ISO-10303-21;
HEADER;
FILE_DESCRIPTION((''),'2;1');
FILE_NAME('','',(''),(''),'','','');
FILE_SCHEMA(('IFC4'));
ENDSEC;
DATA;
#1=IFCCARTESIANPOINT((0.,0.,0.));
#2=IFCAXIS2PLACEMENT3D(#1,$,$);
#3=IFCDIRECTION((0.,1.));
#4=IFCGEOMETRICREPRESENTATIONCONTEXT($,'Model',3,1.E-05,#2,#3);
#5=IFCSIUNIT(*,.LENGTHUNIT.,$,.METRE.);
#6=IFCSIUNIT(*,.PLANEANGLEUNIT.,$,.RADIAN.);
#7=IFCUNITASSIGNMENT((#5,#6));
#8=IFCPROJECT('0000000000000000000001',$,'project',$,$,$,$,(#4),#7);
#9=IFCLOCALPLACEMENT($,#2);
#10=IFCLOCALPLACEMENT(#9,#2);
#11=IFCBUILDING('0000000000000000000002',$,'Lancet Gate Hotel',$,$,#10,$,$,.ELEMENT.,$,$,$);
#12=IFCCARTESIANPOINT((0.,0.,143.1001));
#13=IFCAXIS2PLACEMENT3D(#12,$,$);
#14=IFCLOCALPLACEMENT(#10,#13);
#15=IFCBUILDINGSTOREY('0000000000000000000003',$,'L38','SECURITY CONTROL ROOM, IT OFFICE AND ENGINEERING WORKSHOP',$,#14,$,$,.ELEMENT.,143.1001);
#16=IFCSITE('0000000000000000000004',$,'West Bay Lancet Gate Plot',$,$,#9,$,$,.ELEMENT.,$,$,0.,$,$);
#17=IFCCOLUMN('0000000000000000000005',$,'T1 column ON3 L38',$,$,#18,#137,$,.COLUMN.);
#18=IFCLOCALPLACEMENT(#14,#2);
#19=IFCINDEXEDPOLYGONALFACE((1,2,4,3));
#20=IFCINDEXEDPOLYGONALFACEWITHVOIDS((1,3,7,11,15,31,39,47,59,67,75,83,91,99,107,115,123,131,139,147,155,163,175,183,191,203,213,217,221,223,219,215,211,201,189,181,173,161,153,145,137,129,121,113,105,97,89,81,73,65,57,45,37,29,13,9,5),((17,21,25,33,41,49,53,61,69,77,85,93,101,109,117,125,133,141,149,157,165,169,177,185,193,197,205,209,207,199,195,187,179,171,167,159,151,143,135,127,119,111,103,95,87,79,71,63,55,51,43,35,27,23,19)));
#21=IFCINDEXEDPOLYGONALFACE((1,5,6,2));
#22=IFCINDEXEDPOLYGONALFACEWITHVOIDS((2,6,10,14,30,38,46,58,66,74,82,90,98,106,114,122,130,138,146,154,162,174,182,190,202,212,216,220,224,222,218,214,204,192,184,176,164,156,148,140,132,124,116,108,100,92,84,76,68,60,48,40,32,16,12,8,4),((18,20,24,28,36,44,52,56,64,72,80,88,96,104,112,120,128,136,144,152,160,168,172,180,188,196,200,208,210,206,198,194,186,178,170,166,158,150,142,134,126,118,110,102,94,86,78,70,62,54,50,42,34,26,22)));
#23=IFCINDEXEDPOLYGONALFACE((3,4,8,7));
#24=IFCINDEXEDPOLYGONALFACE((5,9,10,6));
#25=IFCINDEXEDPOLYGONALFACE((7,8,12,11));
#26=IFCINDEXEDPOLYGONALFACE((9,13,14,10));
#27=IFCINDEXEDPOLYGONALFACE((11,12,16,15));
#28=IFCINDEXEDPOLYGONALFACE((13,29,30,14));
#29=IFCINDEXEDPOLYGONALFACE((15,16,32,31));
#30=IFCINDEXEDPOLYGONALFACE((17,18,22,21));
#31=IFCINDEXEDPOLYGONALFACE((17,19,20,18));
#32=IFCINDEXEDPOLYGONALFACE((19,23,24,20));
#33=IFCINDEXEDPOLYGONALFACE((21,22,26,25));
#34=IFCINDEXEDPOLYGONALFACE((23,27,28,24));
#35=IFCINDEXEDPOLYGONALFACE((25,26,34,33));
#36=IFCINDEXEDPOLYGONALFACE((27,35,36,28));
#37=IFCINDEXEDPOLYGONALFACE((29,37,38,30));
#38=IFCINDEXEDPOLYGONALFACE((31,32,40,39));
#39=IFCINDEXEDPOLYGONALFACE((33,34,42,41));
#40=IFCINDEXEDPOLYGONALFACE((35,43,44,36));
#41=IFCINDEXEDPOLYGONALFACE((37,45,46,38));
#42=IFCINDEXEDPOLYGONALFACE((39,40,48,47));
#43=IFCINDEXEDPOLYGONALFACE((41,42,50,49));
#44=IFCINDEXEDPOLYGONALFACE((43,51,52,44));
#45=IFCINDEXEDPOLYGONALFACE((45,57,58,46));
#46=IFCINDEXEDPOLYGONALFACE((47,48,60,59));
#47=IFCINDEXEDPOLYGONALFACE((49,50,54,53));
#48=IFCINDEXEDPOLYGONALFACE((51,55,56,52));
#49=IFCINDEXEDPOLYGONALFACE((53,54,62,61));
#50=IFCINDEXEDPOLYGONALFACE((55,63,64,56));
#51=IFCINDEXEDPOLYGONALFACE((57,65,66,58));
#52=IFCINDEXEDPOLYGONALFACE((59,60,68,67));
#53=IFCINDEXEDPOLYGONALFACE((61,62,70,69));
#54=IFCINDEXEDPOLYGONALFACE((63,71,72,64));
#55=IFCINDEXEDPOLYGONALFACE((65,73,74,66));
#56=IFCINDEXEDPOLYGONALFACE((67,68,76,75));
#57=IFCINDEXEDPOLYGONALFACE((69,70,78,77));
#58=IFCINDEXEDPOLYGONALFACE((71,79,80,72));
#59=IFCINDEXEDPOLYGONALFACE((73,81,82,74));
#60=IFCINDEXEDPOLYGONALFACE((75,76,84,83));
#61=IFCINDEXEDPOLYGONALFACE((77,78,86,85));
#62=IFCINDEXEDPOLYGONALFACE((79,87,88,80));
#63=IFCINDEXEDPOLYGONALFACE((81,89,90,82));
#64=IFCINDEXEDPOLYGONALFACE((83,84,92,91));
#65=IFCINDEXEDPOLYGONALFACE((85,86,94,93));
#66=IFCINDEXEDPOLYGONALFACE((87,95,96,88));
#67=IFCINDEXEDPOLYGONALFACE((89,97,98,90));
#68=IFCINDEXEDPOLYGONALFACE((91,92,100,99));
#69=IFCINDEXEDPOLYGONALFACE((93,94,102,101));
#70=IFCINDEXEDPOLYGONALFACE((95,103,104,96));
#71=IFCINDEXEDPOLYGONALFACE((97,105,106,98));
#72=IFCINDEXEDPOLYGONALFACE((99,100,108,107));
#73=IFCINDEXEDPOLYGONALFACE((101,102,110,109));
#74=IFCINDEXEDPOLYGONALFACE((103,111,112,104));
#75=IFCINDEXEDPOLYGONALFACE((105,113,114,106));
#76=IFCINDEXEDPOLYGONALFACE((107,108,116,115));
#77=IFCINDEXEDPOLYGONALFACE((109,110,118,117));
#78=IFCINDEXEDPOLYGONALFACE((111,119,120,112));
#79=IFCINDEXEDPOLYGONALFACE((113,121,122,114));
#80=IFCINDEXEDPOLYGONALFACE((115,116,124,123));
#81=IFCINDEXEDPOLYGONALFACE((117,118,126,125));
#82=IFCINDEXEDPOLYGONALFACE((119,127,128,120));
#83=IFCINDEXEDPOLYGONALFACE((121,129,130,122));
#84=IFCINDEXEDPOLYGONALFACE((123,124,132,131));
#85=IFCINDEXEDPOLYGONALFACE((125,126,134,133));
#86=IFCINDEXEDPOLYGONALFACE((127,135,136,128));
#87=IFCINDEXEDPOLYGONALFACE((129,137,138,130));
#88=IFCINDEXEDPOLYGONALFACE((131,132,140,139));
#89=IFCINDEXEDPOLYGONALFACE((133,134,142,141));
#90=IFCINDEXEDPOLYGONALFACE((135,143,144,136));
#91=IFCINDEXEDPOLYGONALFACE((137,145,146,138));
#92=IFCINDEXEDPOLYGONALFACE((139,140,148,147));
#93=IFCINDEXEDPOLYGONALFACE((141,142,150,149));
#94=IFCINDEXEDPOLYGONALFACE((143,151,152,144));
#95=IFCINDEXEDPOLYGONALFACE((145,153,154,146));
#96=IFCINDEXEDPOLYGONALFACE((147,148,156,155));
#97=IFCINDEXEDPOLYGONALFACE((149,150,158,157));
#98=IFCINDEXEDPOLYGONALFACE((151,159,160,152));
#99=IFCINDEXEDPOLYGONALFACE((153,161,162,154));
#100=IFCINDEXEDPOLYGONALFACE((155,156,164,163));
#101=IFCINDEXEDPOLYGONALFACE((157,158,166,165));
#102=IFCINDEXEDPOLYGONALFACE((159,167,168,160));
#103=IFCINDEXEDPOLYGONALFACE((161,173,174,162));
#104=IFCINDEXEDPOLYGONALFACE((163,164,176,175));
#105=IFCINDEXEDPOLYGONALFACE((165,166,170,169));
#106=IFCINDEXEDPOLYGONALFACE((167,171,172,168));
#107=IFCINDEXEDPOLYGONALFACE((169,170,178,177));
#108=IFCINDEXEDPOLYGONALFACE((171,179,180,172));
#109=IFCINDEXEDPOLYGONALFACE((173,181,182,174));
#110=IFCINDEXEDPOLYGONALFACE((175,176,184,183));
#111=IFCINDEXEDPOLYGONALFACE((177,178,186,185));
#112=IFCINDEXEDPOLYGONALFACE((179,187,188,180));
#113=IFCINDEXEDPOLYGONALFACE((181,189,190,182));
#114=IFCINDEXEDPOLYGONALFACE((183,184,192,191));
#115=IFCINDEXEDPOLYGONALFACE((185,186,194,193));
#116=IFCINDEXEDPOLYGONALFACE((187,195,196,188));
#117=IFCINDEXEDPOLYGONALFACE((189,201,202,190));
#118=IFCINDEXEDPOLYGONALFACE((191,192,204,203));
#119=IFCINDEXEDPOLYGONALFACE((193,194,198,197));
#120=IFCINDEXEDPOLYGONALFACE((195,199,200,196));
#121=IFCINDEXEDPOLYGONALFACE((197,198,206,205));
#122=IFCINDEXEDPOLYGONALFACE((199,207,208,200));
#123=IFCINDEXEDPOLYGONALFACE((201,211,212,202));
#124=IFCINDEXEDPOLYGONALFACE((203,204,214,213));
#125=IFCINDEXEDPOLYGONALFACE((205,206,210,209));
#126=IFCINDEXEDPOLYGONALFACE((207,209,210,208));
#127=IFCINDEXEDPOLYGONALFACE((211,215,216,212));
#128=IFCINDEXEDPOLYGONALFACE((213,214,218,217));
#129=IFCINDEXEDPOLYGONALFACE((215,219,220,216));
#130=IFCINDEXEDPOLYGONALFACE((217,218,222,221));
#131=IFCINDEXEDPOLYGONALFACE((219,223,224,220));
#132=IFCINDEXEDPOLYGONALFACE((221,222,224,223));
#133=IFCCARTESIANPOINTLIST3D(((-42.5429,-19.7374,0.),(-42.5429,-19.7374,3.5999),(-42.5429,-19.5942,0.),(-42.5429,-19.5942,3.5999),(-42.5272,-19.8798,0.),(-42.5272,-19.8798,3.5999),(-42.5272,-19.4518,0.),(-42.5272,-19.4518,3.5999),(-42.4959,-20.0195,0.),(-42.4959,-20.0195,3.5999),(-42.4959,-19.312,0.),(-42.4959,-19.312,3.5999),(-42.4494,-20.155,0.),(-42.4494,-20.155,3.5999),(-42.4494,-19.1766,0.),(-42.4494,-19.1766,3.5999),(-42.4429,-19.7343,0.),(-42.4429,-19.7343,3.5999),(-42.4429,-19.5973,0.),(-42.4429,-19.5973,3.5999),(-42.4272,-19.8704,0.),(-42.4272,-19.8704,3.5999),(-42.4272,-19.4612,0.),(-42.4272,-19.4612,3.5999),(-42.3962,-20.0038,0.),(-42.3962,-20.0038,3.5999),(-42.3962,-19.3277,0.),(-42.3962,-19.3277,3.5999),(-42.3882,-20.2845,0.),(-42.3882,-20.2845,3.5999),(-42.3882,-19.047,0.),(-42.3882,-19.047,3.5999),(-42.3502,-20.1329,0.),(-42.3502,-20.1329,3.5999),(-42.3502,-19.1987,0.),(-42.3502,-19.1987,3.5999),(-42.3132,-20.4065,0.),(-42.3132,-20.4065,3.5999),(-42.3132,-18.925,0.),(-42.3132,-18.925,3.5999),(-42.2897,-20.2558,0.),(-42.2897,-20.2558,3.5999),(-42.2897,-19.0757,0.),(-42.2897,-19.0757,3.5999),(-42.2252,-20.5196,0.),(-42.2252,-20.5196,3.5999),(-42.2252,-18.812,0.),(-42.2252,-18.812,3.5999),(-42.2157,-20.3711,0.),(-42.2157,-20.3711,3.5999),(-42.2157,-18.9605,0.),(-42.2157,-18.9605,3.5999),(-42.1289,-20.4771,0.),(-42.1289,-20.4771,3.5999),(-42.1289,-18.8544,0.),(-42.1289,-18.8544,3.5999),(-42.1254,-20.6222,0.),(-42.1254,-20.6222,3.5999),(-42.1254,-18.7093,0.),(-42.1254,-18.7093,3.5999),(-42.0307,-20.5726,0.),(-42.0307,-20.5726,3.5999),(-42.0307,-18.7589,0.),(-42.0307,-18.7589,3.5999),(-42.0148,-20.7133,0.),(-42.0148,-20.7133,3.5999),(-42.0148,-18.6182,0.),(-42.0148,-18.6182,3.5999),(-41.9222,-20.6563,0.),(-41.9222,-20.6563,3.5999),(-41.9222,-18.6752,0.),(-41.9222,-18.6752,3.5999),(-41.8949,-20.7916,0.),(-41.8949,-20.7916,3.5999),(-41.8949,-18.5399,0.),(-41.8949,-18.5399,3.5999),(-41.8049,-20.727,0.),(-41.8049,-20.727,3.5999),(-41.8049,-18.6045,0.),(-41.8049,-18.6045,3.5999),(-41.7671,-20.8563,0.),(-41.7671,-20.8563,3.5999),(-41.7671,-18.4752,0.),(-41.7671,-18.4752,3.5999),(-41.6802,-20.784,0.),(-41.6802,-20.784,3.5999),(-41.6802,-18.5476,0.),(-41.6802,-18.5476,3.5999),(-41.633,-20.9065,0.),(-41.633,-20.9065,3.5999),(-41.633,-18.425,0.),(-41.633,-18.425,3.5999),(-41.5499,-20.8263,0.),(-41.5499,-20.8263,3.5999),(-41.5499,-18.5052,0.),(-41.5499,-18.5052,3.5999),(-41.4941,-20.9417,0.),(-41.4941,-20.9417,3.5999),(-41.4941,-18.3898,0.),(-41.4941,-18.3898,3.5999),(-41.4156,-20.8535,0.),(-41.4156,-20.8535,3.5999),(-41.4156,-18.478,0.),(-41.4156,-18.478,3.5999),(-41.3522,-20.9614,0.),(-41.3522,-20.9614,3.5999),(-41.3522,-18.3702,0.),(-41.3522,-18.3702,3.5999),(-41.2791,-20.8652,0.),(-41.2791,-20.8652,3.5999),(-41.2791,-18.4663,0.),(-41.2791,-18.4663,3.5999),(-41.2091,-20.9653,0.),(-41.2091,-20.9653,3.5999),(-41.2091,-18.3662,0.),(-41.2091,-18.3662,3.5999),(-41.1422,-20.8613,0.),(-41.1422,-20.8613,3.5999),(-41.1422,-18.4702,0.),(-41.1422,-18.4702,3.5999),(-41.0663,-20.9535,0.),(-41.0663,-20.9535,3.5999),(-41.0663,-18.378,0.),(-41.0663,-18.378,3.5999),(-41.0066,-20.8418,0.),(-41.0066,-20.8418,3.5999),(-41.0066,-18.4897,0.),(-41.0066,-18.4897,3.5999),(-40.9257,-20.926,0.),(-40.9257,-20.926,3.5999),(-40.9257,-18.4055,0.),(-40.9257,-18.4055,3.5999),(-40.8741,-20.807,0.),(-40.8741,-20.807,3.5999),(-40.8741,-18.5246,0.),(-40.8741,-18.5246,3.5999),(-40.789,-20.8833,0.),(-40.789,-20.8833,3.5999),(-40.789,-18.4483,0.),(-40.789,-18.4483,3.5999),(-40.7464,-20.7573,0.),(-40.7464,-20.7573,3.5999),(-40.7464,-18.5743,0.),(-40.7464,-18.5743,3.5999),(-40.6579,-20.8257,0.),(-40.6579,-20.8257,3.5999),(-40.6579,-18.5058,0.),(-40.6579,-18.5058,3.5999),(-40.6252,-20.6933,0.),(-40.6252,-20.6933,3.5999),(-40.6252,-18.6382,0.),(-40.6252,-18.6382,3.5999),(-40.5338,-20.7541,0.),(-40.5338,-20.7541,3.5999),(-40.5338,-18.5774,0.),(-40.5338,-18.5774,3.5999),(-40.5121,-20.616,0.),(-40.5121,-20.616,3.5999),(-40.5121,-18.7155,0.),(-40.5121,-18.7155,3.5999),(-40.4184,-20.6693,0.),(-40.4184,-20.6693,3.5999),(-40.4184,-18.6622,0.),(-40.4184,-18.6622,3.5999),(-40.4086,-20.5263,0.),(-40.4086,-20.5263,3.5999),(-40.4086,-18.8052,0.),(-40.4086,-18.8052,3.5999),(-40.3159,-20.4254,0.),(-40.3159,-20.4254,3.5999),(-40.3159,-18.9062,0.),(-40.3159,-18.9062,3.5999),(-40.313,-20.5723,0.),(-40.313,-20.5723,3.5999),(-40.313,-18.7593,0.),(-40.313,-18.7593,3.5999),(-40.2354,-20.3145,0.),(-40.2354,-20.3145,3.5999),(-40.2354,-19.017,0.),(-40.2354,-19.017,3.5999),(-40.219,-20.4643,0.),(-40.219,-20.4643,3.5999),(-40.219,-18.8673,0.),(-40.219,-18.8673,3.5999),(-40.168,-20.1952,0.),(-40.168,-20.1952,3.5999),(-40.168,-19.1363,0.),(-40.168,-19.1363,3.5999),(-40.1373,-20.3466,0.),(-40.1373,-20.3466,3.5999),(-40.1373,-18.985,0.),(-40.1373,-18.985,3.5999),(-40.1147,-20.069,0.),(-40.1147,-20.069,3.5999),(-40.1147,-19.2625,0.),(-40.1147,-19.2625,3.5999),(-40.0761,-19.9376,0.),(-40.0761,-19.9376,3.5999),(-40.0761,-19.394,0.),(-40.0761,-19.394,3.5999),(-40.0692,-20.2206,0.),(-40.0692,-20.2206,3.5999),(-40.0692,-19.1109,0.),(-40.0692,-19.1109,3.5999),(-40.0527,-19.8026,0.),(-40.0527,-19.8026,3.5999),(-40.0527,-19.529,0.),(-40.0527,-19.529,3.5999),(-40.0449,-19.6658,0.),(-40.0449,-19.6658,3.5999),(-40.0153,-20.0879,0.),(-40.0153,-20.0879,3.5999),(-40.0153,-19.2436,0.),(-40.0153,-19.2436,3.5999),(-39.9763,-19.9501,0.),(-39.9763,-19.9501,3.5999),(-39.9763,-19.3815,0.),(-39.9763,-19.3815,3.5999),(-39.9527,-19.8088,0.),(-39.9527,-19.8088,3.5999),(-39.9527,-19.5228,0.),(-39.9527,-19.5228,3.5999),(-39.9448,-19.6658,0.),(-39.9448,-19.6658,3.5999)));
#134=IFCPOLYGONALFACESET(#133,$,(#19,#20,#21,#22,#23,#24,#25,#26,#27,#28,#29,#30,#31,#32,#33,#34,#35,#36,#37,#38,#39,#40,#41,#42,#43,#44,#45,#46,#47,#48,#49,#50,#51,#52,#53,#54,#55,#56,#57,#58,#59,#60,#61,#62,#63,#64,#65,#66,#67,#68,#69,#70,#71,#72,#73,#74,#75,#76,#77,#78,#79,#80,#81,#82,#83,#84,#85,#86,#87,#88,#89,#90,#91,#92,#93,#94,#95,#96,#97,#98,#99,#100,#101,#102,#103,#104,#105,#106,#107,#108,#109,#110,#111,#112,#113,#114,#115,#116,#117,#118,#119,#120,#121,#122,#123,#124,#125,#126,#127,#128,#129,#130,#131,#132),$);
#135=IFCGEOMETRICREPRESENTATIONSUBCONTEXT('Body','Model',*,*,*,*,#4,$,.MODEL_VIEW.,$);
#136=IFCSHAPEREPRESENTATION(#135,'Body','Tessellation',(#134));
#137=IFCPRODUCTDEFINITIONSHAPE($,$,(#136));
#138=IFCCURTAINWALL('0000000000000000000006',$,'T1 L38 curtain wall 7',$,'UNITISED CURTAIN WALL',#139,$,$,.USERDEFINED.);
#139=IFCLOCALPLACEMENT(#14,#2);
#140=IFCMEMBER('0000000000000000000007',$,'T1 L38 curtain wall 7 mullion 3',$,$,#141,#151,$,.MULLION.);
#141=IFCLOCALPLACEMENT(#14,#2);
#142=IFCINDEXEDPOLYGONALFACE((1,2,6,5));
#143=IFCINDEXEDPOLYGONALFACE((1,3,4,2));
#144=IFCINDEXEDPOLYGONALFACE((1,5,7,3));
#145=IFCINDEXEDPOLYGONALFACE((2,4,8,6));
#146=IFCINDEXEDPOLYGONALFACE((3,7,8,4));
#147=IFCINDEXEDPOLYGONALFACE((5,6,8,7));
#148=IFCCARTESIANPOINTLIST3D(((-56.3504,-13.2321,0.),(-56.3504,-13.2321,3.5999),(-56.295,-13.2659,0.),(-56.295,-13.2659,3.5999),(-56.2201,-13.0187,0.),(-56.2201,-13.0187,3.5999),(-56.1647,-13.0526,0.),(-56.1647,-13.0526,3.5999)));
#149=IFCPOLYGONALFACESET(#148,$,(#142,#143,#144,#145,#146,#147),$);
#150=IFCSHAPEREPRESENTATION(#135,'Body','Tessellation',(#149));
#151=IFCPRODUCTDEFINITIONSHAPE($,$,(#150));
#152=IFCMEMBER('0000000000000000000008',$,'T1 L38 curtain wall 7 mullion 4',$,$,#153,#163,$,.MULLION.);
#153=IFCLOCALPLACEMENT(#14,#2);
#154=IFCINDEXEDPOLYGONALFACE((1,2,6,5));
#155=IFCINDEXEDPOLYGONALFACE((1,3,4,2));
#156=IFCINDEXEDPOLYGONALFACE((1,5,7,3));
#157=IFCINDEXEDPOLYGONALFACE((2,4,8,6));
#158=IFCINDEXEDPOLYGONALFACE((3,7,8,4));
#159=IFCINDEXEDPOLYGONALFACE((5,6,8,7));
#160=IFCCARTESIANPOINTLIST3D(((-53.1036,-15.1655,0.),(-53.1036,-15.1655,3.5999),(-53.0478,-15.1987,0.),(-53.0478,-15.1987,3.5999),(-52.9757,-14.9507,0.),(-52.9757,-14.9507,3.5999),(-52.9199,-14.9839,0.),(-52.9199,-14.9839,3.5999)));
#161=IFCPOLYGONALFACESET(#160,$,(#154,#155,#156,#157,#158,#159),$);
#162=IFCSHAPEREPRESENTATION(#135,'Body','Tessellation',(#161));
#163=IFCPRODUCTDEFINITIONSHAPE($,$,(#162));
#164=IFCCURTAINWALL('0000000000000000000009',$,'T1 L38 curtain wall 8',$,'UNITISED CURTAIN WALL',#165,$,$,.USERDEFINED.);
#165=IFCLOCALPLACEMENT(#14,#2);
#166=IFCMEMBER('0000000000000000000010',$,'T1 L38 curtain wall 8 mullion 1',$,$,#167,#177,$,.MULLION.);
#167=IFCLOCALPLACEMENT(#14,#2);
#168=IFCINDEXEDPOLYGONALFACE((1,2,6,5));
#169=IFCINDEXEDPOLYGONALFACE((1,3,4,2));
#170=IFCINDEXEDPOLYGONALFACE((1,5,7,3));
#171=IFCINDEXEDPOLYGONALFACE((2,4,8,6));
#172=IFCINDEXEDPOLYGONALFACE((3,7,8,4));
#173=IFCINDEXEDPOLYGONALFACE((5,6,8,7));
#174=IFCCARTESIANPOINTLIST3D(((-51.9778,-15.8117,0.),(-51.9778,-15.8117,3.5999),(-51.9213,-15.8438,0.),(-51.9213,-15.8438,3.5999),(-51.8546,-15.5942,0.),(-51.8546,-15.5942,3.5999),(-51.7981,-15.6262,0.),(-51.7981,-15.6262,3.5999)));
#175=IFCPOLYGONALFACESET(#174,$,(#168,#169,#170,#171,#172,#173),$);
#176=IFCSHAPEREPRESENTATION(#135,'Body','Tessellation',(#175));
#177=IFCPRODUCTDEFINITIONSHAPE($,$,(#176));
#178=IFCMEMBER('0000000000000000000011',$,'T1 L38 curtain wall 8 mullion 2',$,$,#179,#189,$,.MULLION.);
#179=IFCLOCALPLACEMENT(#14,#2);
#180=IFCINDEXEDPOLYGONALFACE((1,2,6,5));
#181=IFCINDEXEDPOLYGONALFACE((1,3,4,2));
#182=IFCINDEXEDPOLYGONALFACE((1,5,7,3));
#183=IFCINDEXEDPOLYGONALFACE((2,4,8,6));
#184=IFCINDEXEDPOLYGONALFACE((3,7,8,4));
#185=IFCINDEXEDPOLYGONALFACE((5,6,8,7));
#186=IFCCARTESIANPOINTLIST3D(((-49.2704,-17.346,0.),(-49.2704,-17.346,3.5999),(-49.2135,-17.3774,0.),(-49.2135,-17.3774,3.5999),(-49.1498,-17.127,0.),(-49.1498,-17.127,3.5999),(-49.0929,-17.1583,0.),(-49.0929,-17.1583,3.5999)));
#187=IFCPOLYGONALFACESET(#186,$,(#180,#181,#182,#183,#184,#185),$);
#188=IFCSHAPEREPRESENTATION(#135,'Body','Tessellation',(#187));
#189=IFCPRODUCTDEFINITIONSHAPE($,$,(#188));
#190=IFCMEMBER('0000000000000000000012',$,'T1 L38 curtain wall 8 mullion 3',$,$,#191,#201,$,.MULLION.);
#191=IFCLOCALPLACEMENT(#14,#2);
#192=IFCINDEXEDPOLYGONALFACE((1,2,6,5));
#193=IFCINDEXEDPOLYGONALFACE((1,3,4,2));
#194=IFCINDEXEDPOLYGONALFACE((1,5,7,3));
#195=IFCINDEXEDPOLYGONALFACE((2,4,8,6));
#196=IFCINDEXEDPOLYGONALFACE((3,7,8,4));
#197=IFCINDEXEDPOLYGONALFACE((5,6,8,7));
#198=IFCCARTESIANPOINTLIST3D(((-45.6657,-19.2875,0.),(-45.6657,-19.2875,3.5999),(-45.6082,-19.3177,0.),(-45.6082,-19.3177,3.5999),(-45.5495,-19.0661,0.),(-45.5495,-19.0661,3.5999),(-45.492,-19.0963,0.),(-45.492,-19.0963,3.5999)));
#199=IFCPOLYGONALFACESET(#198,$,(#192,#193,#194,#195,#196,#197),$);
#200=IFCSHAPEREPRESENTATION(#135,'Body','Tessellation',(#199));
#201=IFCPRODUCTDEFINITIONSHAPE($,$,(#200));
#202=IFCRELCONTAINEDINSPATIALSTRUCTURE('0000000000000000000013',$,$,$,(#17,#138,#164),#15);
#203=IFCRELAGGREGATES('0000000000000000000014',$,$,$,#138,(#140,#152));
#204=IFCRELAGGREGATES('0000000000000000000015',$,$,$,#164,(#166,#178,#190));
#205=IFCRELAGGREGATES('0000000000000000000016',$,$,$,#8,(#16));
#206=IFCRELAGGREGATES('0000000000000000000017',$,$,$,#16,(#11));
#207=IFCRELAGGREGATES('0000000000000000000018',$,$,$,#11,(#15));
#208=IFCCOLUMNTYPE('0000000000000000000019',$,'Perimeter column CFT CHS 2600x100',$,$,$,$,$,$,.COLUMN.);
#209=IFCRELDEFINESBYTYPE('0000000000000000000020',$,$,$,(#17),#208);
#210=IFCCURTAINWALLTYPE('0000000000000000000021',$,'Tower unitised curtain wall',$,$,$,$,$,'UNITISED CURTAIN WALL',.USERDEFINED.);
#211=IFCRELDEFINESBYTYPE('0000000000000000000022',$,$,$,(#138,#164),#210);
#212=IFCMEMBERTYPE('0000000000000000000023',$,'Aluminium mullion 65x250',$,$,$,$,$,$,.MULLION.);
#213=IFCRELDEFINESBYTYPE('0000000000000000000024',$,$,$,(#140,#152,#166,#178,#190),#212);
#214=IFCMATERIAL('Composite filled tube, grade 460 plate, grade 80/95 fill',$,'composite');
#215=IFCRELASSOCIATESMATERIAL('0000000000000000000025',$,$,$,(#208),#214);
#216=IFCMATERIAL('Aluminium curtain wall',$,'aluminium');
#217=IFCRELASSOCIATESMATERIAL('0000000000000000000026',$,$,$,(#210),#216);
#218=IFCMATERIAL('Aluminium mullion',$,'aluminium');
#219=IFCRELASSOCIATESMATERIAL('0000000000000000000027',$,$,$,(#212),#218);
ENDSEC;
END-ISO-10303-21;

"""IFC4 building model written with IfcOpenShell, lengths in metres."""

from ifc_helpers import new_model, si_unit, direction, frame, origin, origin_2d, place, context, subcontext, project, spatial, rectangle, hollow_circle, extrude, material, material_profile, profile_set, type_object, element, aggregate, save


model = new_model("IFC4")

# Units and contexts
model_context = context("Model", 3, precision=1e-05, world=origin(), true_north=direction((0.0, 1.0)))
body_context = subcontext(model_context, "Body", "Model", "MODEL_VIEW")
ifc_project = project(units=[si_unit("LENGTHUNIT", "METRE"), si_unit("PLANEANGLEUNIT", "RADIAN")], contexts=[model_context])

# Site, building, storey
site_placement = place(None, origin())
site = spatial("IfcSite", under=ifc_project, at=site_placement, Name="West Bay Lancet Gate Plot", CompositionType="ELEMENT", RefElevation=0.0)
building_placement = place(site_placement, origin())
building = spatial("IfcBuilding", under=site, at=building_placement, Name="Lancet Gate Hotel", CompositionType="ELEMENT")
storey_placement = place(building_placement, frame((0.0, 0.0, 143.1001)))
storey = spatial("IfcBuildingStorey", under=building, at=storey_placement, Name="L38", Description="SECURITY CONTROL ROOM, IT OFFICE AND ENGINEERING WORKSHOP", CompositionType="ELEMENT", Elevation=143.1001)

# Column
ifc_material_1 = material(Name="Composite filled tube, grade 460 plate, grade 80/95 fill", Category="composite")
ifc_material_profile_1 = material_profile(ifc_material_1, hollow_circle(Radius=1.3, WallThickness=0.1001, at=origin_2d()), Name="CHS 2600x100")
ifc_profile_set_1 = profile_set([ifc_material_profile_1], Name="Composite filled tube, grade 460 plate, grade 80/95 fill")
column_type = type_object("IfcColumnType", Name="Perimeter column CFT CHS 2600x100", PredefinedType="COLUMN", material=ifc_profile_set_1)
for number, where, z_axis, x_axis, name in (
    (1, (-41.2449, -19.6658, 0.0), (0.0, 0.0, 1.0), (1.0, 0.0, 0.0), "T1 column ON3 L38"),
):
    element("IfcColumn", number, at=place(storey_placement, frame(where, z_axis=z_axis, x_axis=x_axis)), inside=storey, type_object=column_type, Name=name, PredefinedType="COLUMN", context=body_context, shape_type="SweptSolid", body=[
        extrude(hollow_circle(Radius=1.3, WallThickness=0.1001, at=origin_2d()), origin(), (0.0, 0.0, 1.0), 3.5999),
    ])

# Curtain walls, members
ifc_material_2 = material(Name="Aluminium curtain wall", Category="aluminium")
curtain_wall_type = type_object("IfcCurtainWallType", Name="Tower unitised curtain wall", ElementType="UNITISED CURTAIN WALL", PredefinedType="USERDEFINED", material=ifc_material_2)
curtain_wall_1_placement = place(storey_placement, origin())
curtain_wall_1 = element("IfcCurtainWall", 2, at=curtain_wall_1_placement, inside=storey, type_object=curtain_wall_type, Name="T1 L38 curtain wall 7", ObjectType="UNITISED CURTAIN WALL", PredefinedType="USERDEFINED")
ifc_material_3 = material(Name="Aluminium mullion", Category="aluminium")
ifc_material_profile_2 = material_profile(ifc_material_3, rectangle(XDim=0.0649, YDim=0.25, at=origin_2d()), Name="MULLION 65x250")
ifc_profile_set_2 = profile_set([ifc_material_profile_2], Name="Aluminium mullion")
member_type_1 = type_object("IfcMemberType", Name="Aluminium mullion 65x250", PredefinedType="MULLION", material=ifc_profile_set_2)
member_1_placement = place(storey_placement, frame((-56.2576, -13.1423, 0.0), z_axis=(0.0, 0.0, 1.0), x_axis=(0.853492, -0.521106, 0.0)))
member_1 = element("IfcMember", 3, at=member_1_placement, type_object=member_type_1, Name="T1 L38 curtain wall 7 mullion 3", PredefinedType="MULLION", context=body_context, shape_type="SweptSolid", body=[
    extrude(rectangle(XDim=0.0649, YDim=0.25, at=origin_2d()), origin(), (0.0, 0.0, 1.0), 3.5999),
])
member_2_placement = place(storey_placement, frame((-53.0117, -15.0747, 0.0), z_axis=(0.0, 0.0, 1.0), x_axis=(0.859271, -0.51152, 0.0)))
member_2 = element("IfcMember", 4, at=member_2_placement, type_object=member_type_1, Name="T1 L38 curtain wall 7 mullion 4", PredefinedType="MULLION", context=body_context, shape_type="SweptSolid", body=[
    extrude(rectangle(XDim=0.0649, YDim=0.25, at=origin_2d()), origin(), (0.0, 0.0, 1.0), 3.5999),
])
curtain_wall_2_placement = place(storey_placement, origin())
curtain_wall_2 = element("IfcCurtainWall", 5, at=curtain_wall_2_placement, inside=storey, type_object=curtain_wall_type, Name="T1 L38 curtain wall 8", ObjectType="UNITISED CURTAIN WALL", PredefinedType="USERDEFINED")
member_3_placement = place(storey_placement, frame((-51.8879, -15.719, 0.0), z_axis=(0.0, 0.0, 1.0), x_axis=(0.870084, -0.492904, 0.0)))
member_3 = element("IfcMember", 6, at=member_3_placement, type_object=member_type_1, Name="T1 L38 curtain wall 8 mullion 1", PredefinedType="MULLION", context=body_context, shape_type="SweptSolid", body=[
    extrude(rectangle(XDim=0.0649, YDim=0.25, at=origin_2d()), origin(), (0.0, 0.0, 1.0), 3.5999),
])
member_4_placement = place(storey_placement, frame((-49.1816, -17.2522, 0.0), z_axis=(0.0, 0.0, 1.0), x_axis=(0.876047, -0.482226, 0.0)))
member_4 = element("IfcMember", 7, at=member_4_placement, type_object=member_type_1, Name="T1 L38 curtain wall 8 mullion 2", PredefinedType="MULLION", context=body_context, shape_type="SweptSolid", body=[
    extrude(rectangle(XDim=0.0649, YDim=0.25, at=origin_2d()), origin(), (0.0, 0.0, 1.0), 3.5999),
])
member_5_placement = place(storey_placement, frame((-45.5789, -19.1919, 0.0), z_axis=(0.0, 0.0, 1.0), x_axis=(0.885368, -0.46489, 0.0)))
member_5 = element("IfcMember", 8, at=member_5_placement, type_object=member_type_1, Name="T1 L38 curtain wall 8 mullion 3", PredefinedType="MULLION", context=body_context, shape_type="SweptSolid", body=[
    extrude(rectangle(XDim=0.0649, YDim=0.25, at=origin_2d()), origin(), (0.0, 0.0, 1.0), 3.5999),
])

aggregate(curtain_wall_1, [member_1, member_2])
aggregate(curtain_wall_2, [member_3, member_4, member_5])

save(model, "model.ifc")
